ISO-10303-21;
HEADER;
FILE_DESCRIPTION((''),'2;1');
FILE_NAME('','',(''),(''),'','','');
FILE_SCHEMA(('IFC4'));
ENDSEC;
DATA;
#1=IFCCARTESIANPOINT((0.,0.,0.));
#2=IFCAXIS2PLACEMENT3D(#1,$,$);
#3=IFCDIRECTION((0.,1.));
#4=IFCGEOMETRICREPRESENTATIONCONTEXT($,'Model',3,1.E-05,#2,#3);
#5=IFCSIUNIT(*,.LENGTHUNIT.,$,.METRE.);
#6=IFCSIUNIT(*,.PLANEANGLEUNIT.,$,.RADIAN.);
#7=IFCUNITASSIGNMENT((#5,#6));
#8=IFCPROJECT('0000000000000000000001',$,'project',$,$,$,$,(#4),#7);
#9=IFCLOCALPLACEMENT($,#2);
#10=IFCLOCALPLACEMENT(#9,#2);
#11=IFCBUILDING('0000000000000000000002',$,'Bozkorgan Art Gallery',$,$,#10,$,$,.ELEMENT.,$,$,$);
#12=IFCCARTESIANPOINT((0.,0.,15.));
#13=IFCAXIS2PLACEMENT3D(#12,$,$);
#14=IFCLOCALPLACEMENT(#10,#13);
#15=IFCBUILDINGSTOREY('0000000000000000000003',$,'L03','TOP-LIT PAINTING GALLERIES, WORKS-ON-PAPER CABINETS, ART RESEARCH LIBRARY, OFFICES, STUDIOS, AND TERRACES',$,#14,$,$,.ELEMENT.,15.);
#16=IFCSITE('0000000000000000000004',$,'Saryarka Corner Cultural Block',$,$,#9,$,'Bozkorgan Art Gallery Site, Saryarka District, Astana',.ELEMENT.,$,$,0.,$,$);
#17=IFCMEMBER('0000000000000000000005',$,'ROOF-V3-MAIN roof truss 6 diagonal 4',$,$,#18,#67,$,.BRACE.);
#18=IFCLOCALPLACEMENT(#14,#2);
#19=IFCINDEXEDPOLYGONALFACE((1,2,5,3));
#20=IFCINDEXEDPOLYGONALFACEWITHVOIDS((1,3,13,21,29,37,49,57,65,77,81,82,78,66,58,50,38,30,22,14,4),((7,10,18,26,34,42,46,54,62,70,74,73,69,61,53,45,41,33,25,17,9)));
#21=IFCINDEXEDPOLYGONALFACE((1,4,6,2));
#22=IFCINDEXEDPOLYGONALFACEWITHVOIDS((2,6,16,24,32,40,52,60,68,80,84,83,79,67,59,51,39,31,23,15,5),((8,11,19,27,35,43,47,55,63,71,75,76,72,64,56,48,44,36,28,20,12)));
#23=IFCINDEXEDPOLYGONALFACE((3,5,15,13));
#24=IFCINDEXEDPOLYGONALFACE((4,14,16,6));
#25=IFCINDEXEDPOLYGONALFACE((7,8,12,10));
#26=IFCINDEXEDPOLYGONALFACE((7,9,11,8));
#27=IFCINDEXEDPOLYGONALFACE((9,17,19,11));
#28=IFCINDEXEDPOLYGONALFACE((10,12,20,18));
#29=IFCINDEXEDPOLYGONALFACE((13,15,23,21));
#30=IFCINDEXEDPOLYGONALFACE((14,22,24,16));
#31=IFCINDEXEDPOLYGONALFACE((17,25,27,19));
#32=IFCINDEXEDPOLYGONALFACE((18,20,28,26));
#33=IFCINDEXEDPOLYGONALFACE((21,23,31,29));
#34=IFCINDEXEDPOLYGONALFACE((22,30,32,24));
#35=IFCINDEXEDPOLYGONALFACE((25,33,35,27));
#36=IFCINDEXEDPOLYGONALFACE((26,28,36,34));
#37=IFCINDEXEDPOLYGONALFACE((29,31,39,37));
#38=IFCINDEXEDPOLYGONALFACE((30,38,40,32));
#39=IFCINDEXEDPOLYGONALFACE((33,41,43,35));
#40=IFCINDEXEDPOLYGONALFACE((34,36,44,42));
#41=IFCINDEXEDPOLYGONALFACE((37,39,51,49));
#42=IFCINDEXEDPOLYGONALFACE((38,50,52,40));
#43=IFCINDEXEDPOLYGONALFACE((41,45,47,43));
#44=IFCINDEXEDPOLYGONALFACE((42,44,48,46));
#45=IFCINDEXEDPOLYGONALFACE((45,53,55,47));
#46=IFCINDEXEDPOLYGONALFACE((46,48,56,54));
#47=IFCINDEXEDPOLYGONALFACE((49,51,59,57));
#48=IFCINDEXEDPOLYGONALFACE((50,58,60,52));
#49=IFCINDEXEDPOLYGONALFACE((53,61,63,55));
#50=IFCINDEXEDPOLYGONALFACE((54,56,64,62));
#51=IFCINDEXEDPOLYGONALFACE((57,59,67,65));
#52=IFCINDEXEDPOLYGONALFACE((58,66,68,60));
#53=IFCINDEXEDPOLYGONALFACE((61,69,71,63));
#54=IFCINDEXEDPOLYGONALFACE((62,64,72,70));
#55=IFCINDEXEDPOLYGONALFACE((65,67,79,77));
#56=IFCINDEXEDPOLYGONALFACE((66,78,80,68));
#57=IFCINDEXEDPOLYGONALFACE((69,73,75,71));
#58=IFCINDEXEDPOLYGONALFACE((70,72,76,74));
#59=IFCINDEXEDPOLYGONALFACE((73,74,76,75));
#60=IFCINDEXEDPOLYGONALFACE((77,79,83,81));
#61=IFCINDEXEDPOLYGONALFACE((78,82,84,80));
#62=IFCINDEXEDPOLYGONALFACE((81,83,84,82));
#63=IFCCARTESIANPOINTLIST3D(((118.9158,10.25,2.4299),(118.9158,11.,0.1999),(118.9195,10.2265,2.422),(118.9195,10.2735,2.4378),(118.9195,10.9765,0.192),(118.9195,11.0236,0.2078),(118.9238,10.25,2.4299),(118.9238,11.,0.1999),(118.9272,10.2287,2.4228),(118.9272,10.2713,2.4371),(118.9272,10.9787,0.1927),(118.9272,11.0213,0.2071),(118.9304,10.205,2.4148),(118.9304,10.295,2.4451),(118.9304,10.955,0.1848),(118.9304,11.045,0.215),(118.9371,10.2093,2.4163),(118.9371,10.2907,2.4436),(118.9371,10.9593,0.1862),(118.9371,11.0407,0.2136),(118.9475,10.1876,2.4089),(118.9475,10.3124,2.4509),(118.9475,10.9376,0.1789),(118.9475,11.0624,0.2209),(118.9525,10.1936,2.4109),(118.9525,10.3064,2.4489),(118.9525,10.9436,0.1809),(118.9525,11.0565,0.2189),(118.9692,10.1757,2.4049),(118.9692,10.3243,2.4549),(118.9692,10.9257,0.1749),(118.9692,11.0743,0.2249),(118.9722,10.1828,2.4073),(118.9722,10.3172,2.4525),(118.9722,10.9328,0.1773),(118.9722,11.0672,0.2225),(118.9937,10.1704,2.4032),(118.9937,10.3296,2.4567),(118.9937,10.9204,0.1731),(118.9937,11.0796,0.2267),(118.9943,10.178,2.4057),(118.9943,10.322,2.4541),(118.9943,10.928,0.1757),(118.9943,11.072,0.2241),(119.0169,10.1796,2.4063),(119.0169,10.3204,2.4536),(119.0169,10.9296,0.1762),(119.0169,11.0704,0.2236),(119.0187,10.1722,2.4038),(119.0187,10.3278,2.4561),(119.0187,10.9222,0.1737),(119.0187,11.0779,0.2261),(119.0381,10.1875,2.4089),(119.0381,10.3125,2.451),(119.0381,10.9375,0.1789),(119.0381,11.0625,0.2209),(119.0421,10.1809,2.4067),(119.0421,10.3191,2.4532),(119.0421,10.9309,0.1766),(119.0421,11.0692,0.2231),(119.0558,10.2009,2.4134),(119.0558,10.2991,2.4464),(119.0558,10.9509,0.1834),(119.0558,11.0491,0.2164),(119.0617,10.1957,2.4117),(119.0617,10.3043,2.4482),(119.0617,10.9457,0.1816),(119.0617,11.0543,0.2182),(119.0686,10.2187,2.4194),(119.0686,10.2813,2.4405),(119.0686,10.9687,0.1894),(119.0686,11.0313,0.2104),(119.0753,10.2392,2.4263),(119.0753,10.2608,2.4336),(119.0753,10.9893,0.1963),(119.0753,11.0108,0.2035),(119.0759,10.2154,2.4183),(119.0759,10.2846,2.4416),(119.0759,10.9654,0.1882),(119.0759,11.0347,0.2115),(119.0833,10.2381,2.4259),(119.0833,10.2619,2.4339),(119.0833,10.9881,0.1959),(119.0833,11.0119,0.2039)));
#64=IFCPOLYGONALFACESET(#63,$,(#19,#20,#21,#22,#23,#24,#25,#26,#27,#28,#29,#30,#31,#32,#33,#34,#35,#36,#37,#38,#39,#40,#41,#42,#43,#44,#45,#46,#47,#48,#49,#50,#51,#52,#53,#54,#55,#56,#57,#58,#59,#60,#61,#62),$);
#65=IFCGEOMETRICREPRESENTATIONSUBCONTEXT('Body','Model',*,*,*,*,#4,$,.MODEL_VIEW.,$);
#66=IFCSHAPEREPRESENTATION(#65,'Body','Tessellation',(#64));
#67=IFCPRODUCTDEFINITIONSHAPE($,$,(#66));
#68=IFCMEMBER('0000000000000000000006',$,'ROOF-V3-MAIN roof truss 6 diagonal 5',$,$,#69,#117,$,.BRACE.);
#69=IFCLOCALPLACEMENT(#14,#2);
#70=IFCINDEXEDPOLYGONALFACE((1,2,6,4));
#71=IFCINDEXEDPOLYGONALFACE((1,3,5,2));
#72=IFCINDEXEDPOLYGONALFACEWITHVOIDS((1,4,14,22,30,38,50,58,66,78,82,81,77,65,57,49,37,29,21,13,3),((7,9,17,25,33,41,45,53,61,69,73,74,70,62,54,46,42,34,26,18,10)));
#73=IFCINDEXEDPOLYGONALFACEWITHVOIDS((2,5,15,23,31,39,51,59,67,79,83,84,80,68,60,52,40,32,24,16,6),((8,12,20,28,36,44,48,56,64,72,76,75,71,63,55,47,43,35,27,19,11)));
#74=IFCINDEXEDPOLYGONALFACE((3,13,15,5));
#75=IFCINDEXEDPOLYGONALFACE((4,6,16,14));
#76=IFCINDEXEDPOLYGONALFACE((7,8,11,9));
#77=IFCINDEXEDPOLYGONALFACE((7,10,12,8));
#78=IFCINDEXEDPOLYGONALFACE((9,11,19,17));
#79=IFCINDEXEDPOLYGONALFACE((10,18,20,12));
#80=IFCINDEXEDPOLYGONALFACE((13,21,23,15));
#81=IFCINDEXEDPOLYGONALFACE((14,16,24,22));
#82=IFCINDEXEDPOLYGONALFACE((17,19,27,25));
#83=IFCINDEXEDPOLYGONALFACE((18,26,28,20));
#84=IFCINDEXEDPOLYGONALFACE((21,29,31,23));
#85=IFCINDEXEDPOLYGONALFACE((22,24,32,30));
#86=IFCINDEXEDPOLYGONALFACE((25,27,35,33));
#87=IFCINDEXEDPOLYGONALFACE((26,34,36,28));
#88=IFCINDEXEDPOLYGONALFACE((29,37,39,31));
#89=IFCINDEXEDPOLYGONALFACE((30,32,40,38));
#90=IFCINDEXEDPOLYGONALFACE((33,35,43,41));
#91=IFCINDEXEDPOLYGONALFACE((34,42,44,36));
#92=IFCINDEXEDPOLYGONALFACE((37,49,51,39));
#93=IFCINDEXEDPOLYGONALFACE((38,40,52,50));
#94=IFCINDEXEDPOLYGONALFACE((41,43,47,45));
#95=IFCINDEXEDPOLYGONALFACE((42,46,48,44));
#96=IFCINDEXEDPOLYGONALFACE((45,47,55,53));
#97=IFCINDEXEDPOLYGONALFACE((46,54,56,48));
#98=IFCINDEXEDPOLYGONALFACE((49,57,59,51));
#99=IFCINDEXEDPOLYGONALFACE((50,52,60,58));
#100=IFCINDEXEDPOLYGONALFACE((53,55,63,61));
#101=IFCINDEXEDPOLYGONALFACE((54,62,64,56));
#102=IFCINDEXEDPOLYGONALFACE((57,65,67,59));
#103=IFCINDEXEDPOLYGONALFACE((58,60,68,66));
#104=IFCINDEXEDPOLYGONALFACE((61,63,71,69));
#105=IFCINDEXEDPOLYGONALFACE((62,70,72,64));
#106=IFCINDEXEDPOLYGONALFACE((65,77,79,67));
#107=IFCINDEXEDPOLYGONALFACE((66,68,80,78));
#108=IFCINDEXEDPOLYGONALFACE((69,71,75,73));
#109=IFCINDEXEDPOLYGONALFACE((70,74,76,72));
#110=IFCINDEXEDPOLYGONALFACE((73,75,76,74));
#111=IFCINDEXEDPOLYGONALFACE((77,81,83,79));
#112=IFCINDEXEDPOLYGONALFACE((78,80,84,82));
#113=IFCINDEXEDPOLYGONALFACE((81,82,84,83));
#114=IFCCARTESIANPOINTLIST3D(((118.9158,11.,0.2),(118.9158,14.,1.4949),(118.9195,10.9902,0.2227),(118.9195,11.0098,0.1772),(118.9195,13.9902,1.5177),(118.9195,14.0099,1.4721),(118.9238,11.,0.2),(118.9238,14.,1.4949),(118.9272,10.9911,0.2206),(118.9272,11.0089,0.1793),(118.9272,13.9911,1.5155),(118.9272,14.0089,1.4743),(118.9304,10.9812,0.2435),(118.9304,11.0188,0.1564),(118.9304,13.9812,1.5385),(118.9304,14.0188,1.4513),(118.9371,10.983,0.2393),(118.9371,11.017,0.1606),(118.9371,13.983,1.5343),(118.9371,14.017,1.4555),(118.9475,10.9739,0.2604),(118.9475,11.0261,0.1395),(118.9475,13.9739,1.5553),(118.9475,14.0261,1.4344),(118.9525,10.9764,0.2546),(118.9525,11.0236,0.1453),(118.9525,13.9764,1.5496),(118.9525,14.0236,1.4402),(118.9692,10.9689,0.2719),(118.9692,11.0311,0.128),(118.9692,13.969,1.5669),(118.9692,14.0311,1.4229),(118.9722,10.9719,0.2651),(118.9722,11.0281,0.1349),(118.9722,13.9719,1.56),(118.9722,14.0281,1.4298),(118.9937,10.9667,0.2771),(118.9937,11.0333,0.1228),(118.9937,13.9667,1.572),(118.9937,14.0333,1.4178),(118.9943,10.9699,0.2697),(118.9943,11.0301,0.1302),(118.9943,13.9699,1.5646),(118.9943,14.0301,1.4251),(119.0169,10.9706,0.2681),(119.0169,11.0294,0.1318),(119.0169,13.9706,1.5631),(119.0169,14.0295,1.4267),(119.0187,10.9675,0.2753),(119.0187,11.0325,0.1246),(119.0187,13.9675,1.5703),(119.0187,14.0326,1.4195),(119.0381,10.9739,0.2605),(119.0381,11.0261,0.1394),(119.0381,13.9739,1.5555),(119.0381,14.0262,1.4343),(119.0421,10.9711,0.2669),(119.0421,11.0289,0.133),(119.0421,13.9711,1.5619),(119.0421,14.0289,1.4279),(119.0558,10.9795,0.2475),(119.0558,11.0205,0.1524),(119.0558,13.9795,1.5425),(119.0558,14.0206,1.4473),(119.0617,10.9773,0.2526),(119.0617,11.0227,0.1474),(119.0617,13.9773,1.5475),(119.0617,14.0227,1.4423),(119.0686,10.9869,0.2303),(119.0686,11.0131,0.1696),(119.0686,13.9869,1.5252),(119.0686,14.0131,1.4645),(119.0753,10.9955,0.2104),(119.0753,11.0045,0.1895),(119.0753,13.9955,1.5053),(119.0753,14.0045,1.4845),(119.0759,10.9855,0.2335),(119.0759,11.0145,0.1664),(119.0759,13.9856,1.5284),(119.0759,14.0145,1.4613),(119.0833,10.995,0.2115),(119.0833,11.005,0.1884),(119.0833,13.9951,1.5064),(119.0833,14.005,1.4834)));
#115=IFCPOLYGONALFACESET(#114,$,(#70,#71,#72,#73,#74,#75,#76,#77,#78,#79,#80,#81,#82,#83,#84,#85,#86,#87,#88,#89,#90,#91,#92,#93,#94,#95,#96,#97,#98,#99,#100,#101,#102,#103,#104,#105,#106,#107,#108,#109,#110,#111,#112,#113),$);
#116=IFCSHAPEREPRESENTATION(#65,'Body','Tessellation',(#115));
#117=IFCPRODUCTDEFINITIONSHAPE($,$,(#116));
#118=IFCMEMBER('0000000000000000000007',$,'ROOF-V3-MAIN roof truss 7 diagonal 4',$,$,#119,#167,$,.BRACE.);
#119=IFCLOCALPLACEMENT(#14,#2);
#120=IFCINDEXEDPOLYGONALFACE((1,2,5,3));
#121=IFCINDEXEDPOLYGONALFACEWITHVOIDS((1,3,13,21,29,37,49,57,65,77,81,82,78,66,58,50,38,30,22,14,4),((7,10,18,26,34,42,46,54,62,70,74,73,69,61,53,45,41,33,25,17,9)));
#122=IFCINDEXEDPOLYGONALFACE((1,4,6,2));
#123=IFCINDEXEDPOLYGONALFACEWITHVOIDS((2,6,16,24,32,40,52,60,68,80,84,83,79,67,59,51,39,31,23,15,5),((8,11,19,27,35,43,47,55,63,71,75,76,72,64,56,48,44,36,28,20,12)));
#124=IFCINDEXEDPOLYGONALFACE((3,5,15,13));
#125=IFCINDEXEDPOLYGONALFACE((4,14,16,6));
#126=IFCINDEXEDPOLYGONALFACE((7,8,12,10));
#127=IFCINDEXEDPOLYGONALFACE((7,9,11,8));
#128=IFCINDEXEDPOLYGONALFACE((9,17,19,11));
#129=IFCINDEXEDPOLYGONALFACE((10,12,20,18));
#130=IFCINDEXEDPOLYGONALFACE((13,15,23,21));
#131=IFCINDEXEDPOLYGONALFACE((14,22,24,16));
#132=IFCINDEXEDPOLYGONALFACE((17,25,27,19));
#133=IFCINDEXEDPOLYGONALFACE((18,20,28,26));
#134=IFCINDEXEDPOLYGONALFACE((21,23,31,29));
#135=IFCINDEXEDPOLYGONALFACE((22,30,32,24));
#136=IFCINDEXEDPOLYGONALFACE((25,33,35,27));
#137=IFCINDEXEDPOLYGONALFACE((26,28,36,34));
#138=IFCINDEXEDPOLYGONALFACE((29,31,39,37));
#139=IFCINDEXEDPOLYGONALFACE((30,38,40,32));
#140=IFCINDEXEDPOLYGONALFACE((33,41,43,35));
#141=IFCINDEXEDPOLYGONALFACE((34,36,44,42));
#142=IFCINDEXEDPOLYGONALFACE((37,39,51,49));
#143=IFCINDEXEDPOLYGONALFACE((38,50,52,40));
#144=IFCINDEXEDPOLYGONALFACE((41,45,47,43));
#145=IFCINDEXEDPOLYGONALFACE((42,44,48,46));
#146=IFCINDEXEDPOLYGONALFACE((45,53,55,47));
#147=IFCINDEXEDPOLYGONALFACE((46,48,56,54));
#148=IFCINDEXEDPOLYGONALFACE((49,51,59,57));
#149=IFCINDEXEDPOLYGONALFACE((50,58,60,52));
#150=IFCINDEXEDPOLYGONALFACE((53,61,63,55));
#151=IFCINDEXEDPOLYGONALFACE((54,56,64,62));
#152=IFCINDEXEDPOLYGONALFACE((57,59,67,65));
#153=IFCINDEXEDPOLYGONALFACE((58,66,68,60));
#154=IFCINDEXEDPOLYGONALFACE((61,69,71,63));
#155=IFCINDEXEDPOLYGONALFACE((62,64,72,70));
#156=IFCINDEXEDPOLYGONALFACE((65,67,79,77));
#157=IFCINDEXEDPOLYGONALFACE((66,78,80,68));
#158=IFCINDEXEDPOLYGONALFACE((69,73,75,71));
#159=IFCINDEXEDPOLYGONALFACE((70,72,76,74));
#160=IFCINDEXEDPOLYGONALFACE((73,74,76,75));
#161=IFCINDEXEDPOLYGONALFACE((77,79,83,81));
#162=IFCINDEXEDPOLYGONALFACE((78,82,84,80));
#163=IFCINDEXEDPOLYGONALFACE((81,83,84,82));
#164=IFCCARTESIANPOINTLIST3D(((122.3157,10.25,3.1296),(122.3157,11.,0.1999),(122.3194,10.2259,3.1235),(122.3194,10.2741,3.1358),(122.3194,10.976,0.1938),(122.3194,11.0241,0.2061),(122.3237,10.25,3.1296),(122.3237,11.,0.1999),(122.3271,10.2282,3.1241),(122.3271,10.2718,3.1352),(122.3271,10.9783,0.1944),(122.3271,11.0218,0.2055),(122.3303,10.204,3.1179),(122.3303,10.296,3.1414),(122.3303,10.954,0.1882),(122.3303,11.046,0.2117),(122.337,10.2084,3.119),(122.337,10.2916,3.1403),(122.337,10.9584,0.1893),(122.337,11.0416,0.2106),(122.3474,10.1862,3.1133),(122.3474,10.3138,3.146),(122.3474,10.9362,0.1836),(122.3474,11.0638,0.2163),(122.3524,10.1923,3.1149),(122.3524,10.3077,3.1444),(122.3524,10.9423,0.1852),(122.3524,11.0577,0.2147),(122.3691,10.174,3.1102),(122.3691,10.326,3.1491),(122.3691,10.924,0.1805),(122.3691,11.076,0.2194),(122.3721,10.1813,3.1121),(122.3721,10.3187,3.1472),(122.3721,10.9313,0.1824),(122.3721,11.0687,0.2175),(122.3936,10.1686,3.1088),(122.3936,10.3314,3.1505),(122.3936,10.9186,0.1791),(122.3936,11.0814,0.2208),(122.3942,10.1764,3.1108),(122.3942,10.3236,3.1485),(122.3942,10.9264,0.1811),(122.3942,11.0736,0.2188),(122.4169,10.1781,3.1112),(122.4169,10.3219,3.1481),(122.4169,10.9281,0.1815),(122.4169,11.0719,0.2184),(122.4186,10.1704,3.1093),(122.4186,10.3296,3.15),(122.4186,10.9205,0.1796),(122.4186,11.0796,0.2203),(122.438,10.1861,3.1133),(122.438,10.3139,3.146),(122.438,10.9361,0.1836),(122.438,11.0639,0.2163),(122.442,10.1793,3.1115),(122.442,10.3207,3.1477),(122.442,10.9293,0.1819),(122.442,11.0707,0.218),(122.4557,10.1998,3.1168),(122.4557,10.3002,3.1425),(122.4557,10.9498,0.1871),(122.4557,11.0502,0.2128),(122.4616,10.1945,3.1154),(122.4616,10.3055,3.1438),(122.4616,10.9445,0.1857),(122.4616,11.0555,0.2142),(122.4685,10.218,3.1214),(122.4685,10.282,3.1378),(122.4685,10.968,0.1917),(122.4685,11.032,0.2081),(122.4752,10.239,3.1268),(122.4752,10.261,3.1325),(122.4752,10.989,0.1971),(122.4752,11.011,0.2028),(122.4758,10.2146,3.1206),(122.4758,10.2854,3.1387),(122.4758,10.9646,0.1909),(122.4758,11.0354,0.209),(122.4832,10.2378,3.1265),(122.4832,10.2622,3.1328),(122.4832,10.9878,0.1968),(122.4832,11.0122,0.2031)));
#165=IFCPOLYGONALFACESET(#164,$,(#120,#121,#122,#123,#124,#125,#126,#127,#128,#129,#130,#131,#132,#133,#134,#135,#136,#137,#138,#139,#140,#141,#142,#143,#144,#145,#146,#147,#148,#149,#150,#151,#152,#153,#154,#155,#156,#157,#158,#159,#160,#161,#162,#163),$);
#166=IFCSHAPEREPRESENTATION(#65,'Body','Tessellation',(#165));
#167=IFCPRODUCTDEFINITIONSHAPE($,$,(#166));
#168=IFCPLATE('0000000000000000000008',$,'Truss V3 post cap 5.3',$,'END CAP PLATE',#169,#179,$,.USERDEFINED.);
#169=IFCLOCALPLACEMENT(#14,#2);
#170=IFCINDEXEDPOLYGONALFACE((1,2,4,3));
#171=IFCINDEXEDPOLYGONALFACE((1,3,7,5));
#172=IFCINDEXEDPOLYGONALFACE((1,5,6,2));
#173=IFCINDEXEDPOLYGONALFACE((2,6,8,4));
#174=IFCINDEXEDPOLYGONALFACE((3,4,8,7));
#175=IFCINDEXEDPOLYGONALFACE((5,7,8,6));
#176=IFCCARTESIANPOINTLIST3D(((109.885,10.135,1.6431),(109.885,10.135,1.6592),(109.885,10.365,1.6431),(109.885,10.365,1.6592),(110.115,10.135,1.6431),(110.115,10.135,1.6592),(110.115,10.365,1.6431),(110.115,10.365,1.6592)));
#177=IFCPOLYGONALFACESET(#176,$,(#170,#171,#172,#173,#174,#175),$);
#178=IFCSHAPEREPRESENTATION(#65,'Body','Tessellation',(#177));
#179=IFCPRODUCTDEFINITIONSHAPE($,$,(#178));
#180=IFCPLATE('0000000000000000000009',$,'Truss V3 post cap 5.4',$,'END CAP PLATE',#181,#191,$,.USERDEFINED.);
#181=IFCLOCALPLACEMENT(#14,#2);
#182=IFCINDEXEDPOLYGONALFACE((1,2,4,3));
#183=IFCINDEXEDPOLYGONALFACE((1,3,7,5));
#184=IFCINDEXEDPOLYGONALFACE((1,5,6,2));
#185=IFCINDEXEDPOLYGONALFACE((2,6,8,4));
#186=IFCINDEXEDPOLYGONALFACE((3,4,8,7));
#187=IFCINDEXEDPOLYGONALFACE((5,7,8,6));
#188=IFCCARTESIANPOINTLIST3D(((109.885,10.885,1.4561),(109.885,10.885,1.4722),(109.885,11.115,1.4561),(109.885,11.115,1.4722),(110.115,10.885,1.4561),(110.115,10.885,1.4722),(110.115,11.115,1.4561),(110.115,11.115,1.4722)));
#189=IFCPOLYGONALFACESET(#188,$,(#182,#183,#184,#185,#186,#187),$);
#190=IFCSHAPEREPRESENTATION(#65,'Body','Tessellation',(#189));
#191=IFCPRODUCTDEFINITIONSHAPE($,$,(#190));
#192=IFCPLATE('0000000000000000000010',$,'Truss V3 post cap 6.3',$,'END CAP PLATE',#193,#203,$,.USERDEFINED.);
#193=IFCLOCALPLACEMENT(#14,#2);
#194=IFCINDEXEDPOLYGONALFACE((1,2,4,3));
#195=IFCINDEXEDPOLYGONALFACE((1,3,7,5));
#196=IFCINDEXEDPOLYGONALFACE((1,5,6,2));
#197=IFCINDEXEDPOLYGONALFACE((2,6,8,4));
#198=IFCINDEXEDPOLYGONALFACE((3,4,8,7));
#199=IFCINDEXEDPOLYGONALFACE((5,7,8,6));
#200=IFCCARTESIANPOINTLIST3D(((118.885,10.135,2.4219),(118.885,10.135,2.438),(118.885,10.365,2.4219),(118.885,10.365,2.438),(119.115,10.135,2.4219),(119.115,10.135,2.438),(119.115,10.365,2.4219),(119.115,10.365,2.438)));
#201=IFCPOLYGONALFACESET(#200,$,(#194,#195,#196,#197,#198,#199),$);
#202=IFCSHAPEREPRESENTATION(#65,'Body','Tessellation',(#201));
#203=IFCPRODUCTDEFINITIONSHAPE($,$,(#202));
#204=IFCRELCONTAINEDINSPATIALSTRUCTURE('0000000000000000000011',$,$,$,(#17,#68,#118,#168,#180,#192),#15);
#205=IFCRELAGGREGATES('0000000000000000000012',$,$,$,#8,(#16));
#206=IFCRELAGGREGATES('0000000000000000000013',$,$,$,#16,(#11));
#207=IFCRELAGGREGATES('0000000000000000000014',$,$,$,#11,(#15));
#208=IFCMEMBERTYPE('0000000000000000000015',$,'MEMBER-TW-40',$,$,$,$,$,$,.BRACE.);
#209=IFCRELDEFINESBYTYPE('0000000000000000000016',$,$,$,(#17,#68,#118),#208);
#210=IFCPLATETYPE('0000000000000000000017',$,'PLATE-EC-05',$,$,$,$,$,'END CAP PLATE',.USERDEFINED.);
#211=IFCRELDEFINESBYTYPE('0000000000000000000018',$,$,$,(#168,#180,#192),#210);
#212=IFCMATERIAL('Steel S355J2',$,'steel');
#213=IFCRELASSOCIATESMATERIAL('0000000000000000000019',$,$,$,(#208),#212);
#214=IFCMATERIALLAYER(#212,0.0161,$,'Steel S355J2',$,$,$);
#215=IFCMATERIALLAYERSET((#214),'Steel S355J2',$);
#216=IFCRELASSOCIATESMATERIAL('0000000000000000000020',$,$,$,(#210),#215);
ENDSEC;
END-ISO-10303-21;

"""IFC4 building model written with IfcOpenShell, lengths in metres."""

from ifc_helpers import new_model, si_unit, direction, frame, origin, origin_2d, place, context, subcontext, project, spatial, rectangle, hollow_circle, extrude, material, layer, layer_set, material_profile, profile_set, type_object, element, save


model = new_model("IFC4")

# Units and contexts
model_context = context("Model", 3, precision=1e-05, world=origin(), true_north=direction((0.0, 1.0)))
body_context = subcontext(model_context, "Body", "Model", "MODEL_VIEW")
ifc_project = project(units=[si_unit("LENGTHUNIT", "METRE"), si_unit("PLANEANGLEUNIT", "RADIAN")], contexts=[model_context])

# Site, building, storey
site_placement = place(None, origin())
site = spatial("IfcSite", under=ifc_project, at=site_placement, Name="Saryarka Corner Cultural Block", LongName="Bozkorgan Art Gallery Site, Saryarka District, Astana", CompositionType="ELEMENT", RefElevation=0.0)
building_placement = place(site_placement, origin())
building = spatial("IfcBuilding", under=site, at=building_placement, Name="Bozkorgan Art Gallery", CompositionType="ELEMENT")
storey_placement = place(building_placement, frame((0.0, 0.0, 15.0)))
storey = spatial("IfcBuildingStorey", under=building, at=storey_placement, Name="L03", Description="TOP-LIT PAINTING GALLERIES, WORKS-ON-PAPER CABINETS, ART RESEARCH LIBRARY, OFFICES, STUDIOS, AND TERRACES", CompositionType="ELEMENT", Elevation=15.0)

# Shared definitions
ifc_material_1 = material(Name="Steel S355J2", Category="steel")

# Members
ifc_material_profile_1 = material_profile(ifc_material_1, hollow_circle(Radius=0.0842, WallThickness=0.0081, at=origin_2d()), Name="CHS 168.3x8")
ifc_profile_set_1 = profile_set([ifc_material_profile_1], Name="Steel S355J2")
member_type_1 = type_object("IfcMemberType", Name="MEMBER-TW-40", PredefinedType="BRACE", material=ifc_profile_set_1)
member_1_placement = place(storey_placement, frame((119.0, 10.25, 2.4299), z_axis=(0.0, 0.318779, -0.947829), x_axis=(-1.0, 0.0, 0.0)))
element("IfcMember", 1, at=member_1_placement, inside=storey, type_object=member_type_1, Name="ROOF-V3-MAIN roof truss 6 diagonal 4", PredefinedType="BRACE", context=body_context, shape_type="SweptSolid", body=[
    extrude(hollow_circle(Radius=0.0842, WallThickness=0.0081, at=origin_2d()), origin(), (0.0, 0.0, 1.0), 2.3528),
])
member_2_placement = place(storey_placement, frame((119.0, 11.0, 0.2), z_axis=(0.0, 0.918122, 0.396299), x_axis=(-1.0, 0.0, 0.0)))
element("IfcMember", 2, at=member_2_placement, inside=storey, type_object=member_type_1, Name="ROOF-V3-MAIN roof truss 6 diagonal 5", PredefinedType="BRACE", context=body_context, shape_type="SweptSolid", body=[
    extrude(hollow_circle(Radius=0.0842, WallThickness=0.0081, at=origin_2d()), origin(), (0.0, 0.0, 1.0), 3.2676),
])
member_3_placement = place(storey_placement, frame((122.3999, 10.25, 3.1296), z_axis=(0.0, 0.248002, -0.968759), x_axis=(-1.0, 0.0, 0.0)))
element("IfcMember", 3, at=member_3_placement, inside=storey, type_object=member_type_1, Name="ROOF-V3-MAIN roof truss 7 diagonal 4", PredefinedType="BRACE", context=body_context, shape_type="SweptSolid", body=[
    extrude(hollow_circle(Radius=0.0842, WallThickness=0.0081, at=origin_2d()), origin(), (0.0, 0.0, 1.0), 3.0242),
])

# Plates
ifc_layer_1 = layer(ifc_material_1, 0.0161, Name="Steel S355J2")
ifc_layer_set_1 = layer_set([ifc_layer_1], Name="Steel S355J2")
plate_type_1 = type_object("IfcPlateType", Name="PLATE-EC-05", ElementType="END CAP PLATE", PredefinedType="USERDEFINED", material=ifc_layer_set_1)
for number, where, z_axis, x_axis, name in (
    (4, (110.0, 10.25, 1.6431), (0.0, 0.0, 1.0), (1.0, 0.0, 0.0), "Truss V3 post cap 5.3"),
    (5, (110.0, 11.0, 1.4561), (0.0, 0.0, 1.0), (1.0, 0.0, 0.0), "Truss V3 post cap 5.4"),
    (6, (119.0, 10.25, 2.4219), (0.0, 0.0, 1.0), (1.0, 0.0, 0.0), "Truss V3 post cap 6.3"),
):
    element("IfcPlate", number, at=place(storey_placement, frame(where, z_axis=z_axis, x_axis=x_axis)), inside=storey, type_object=plate_type_1, Name=name, ObjectType="END CAP PLATE", PredefinedType="USERDEFINED", context=body_context, shape_type="SweptSolid", body=[
        extrude(rectangle(XDim=0.23, YDim=0.23, at=origin_2d()), origin(), (0.0, 0.0, 1.0), 0.0161),
    ])

save(model, "model.ifc")
